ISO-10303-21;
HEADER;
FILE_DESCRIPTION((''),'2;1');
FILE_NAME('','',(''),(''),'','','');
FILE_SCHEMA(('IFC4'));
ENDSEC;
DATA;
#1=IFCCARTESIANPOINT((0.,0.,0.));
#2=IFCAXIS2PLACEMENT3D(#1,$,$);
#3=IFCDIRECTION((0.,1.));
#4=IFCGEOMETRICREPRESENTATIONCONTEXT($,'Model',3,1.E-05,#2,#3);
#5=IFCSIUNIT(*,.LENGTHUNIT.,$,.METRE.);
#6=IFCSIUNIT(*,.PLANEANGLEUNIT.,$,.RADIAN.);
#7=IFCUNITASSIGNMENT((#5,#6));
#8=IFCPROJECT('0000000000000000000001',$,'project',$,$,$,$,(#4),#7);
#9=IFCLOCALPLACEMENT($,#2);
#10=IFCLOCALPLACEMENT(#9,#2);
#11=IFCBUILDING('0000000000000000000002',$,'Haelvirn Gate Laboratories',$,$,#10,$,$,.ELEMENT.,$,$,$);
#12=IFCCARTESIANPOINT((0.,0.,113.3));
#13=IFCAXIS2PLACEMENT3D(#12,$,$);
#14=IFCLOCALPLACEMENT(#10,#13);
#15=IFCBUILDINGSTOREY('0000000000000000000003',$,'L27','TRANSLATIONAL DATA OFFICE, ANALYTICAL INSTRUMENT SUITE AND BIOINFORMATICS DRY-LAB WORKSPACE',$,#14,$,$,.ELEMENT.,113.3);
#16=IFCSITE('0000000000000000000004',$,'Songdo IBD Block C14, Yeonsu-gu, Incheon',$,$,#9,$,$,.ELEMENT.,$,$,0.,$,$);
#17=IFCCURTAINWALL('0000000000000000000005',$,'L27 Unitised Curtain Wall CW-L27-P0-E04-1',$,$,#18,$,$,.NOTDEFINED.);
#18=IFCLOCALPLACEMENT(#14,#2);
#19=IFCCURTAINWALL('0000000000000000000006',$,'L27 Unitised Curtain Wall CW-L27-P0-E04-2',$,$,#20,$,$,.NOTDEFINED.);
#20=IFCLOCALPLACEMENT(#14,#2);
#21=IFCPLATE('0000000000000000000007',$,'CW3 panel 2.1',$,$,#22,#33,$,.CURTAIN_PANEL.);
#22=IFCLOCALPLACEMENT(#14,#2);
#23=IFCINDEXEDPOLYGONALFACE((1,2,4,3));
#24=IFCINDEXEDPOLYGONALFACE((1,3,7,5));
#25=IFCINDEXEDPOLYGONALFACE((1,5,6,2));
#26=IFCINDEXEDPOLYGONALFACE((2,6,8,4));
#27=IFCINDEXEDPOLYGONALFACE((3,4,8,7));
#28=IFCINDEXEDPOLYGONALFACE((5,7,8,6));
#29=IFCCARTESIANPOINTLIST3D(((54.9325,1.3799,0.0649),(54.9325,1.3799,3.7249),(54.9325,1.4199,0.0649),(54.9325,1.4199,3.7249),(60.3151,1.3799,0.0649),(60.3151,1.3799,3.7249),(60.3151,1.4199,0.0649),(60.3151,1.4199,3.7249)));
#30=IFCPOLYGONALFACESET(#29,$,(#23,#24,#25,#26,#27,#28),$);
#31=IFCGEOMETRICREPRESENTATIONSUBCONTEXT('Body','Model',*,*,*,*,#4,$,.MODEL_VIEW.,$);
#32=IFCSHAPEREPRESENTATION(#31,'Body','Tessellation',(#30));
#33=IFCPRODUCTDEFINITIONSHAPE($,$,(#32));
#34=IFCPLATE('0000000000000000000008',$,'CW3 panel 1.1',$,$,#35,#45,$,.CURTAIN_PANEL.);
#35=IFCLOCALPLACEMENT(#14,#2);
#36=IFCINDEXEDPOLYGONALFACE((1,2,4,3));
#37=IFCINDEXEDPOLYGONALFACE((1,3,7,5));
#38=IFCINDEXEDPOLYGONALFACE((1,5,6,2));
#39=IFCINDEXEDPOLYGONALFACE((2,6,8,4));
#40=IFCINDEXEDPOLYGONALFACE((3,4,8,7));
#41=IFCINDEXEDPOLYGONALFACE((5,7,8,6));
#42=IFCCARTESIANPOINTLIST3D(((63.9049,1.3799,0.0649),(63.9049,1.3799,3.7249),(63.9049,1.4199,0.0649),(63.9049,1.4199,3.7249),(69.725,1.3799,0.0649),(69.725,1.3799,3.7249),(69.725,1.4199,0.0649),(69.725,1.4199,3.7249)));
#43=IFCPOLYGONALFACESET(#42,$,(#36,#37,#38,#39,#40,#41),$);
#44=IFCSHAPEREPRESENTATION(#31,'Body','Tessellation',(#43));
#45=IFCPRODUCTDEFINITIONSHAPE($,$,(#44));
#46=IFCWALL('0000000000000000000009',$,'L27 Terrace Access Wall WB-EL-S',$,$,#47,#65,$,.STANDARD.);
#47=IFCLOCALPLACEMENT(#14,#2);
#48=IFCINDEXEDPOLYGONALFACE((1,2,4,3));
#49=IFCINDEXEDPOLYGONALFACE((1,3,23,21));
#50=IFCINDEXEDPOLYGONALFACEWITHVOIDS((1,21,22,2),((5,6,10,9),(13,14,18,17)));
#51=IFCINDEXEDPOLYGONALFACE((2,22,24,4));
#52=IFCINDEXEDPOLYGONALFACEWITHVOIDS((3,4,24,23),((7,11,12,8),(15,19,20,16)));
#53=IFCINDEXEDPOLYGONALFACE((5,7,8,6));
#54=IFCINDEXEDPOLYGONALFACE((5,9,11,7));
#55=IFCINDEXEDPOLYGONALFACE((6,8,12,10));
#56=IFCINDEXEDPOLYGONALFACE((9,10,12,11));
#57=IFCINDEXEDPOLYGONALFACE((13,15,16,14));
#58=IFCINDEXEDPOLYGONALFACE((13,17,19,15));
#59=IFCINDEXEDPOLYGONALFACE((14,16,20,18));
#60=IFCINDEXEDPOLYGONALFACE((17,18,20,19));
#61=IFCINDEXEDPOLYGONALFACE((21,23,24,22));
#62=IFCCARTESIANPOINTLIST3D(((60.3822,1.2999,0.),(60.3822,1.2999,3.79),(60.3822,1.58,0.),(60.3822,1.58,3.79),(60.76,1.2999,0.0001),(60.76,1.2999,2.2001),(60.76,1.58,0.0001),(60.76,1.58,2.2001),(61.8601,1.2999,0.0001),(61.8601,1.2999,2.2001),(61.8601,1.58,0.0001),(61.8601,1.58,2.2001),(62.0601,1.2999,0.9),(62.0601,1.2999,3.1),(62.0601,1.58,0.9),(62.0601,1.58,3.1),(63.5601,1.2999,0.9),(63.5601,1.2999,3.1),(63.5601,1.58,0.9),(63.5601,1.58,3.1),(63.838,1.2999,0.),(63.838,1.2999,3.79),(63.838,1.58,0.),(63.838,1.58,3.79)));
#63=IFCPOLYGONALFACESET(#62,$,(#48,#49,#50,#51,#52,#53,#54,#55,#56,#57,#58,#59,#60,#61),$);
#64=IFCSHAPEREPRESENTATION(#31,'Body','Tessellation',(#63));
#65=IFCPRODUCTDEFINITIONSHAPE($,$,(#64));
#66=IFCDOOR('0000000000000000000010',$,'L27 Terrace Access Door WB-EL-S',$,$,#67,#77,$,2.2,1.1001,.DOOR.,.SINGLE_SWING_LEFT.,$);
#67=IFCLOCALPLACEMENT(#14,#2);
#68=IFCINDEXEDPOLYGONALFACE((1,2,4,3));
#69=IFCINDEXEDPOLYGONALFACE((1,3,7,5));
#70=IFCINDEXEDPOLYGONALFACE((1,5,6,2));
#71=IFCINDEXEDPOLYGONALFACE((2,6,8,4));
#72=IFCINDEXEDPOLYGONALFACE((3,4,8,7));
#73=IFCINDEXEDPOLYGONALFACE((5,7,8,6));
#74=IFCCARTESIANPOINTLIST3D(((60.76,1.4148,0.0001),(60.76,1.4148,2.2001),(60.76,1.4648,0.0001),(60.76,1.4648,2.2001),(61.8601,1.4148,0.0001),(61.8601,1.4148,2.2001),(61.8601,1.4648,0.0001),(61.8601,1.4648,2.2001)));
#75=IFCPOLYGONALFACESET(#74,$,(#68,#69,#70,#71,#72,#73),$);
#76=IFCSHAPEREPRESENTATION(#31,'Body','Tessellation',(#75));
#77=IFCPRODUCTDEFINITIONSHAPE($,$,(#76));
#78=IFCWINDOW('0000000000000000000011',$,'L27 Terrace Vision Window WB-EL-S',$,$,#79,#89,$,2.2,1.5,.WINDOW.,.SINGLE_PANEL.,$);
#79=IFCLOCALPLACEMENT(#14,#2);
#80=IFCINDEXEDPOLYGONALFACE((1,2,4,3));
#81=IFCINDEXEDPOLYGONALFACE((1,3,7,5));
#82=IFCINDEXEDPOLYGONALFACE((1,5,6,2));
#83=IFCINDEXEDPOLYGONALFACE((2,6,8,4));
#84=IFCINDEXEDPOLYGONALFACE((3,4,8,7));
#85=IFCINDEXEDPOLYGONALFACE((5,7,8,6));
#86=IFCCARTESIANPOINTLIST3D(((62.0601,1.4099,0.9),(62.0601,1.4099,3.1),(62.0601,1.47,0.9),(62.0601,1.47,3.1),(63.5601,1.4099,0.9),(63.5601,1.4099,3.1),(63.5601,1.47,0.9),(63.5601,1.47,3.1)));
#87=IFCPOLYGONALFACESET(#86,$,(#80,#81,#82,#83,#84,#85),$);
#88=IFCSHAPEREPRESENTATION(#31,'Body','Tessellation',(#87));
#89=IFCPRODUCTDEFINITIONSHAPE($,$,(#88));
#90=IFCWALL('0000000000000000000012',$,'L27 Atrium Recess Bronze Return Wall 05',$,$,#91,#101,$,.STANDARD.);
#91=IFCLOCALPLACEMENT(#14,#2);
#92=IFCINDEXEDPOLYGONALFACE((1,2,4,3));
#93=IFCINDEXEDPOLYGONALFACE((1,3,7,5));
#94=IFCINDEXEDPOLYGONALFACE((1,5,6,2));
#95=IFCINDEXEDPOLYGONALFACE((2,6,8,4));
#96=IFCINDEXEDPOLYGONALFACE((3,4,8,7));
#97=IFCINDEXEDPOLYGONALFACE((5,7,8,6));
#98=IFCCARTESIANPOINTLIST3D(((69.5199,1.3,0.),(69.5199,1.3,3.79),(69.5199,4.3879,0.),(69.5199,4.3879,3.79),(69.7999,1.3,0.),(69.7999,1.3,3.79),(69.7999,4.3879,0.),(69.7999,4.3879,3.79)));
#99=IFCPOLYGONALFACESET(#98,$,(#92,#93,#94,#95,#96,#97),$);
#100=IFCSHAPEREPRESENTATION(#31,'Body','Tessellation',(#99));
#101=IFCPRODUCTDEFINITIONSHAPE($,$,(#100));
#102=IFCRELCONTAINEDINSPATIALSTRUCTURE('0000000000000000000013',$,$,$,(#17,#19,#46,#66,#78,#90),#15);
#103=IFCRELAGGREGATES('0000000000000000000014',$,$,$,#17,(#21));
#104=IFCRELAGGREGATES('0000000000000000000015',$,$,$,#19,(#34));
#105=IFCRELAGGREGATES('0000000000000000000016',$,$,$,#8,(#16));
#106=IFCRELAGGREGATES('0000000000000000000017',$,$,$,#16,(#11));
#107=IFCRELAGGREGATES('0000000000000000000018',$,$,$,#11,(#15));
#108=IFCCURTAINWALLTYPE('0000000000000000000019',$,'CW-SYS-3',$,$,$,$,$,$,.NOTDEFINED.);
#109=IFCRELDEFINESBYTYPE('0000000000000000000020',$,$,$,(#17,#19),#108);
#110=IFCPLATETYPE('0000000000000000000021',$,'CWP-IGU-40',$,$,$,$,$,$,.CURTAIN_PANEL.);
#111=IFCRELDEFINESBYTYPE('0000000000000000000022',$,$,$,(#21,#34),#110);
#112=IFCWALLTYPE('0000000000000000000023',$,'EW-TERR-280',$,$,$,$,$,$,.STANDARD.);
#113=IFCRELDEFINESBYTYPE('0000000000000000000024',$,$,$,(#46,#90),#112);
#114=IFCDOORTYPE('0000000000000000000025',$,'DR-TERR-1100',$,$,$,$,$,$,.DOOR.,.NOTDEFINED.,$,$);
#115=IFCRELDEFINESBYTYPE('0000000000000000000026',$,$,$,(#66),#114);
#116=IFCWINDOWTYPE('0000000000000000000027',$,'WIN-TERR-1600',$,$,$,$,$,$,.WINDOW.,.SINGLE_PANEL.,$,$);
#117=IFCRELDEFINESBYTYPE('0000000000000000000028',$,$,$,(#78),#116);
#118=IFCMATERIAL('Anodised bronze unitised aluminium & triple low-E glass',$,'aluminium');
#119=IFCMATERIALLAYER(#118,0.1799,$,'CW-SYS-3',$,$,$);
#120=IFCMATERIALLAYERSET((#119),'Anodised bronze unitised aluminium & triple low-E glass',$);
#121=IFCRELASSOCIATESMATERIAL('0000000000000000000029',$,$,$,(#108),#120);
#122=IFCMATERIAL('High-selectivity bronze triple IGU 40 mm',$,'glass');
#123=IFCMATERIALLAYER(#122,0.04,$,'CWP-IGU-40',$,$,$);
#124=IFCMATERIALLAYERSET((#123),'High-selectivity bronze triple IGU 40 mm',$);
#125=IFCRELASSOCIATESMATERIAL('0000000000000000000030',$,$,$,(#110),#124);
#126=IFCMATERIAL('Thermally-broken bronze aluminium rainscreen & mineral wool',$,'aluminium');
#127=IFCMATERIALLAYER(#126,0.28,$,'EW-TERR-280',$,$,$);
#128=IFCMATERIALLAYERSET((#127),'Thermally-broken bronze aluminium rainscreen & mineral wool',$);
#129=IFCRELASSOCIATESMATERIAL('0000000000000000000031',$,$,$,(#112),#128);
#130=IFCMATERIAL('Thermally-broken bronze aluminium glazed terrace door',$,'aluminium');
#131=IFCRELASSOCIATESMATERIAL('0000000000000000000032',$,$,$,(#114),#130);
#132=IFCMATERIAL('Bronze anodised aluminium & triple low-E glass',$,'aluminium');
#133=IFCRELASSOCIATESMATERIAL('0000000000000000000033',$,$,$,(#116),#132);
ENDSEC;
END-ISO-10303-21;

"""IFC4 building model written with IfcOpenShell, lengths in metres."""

from ifc_helpers import new_model, si_unit, direction, frame, frame_2d, origin, origin_2d, place, context, subcontext, project, spatial, rectangle, extrude, source, transform, mapped, material, layer, layer_set, type_object, type_shapes, element, fill, aggregate, save


model = new_model("IFC4")

# Units and contexts
model_context = context("Model", 3, precision=1e-05, world=origin(), true_north=direction((0.0, 1.0)))
body_context = subcontext(model_context, "Body", "Model", "MODEL_VIEW")
ifc_project = project(units=[si_unit("LENGTHUNIT", "METRE"), si_unit("PLANEANGLEUNIT", "RADIAN")], contexts=[model_context])

# Site, building, storey
site_placement = place(None, origin())
site = spatial("IfcSite", under=ifc_project, at=site_placement, Name="Songdo IBD Block C14, Yeonsu-gu, Incheon", CompositionType="ELEMENT", RefElevation=0.0)
building_placement = place(site_placement, origin())
building = spatial("IfcBuilding", under=site, at=building_placement, Name="Haelvirn Gate Laboratories", CompositionType="ELEMENT")
storey_placement = place(building_placement, frame((0.0, 0.0, 113.3)))
storey = spatial("IfcBuildingStorey", under=building, at=storey_placement, Name="L27", Description="TRANSLATIONAL DATA OFFICE, ANALYTICAL INSTRUMENT SUITE AND BIOINFORMATICS DRY-LAB WORKSPACE", CompositionType="ELEMENT", Elevation=113.3)

# Shared definitions
ifc_material_1 = material(Name="Anodised bronze unitised aluminium & triple low-E glass", Category="aluminium")
ifc_layer_1 = layer(ifc_material_1, 0.1799, Name="CW-SYS-3")
ifc_layer_set_1 = layer_set([ifc_layer_1], Name="Anodised bronze unitised aluminium & triple low-E glass")
curtain_wall_type_1 = type_object("IfcCurtainWallType", Name="CW-SYS-3", PredefinedType="NOTDEFINED", material=ifc_layer_set_1)

# Curtain wall
curtain_wall_1_placement = place(storey_placement, origin())
curtain_wall_1 = element("IfcCurtainWall", 1, at=curtain_wall_1_placement, inside=storey, type_object=curtain_wall_type_1, Name="L27 Unitised Curtain Wall CW-L27-P0-E04-1", PredefinedType="NOTDEFINED")

# Curtain wall
curtain_wall_2_placement = place(storey_placement, origin())
curtain_wall_2 = element("IfcCurtainWall", 2, at=curtain_wall_2_placement, inside=storey, type_object=curtain_wall_type_1, Name="L27 Unitised Curtain Wall CW-L27-P0-E04-2", PredefinedType="NOTDEFINED")

# Plates
ifc_material_2 = material(Name="High-selectivity bronze triple IGU 40 mm", Category="glass")
ifc_layer_2 = layer(ifc_material_2, 0.04, Name="CWP-IGU-40")
ifc_layer_set_2 = layer_set([ifc_layer_2], Name="High-selectivity bronze triple IGU 40 mm")
plate_type_1 = type_object("IfcPlateType", Name="CWP-IGU-40", PredefinedType="CURTAIN_PANEL", material=ifc_layer_set_2)
shared_shape_1 = source(origin(), body_context, "Body", "SweptSolid", [
    extrude(rectangle(XDim=5.3826, YDim=0.04, at=origin_2d()), origin(), (0.0, 0.0, 1.0), 3.6599),
])
plate_1_placement = place(storey_placement, frame((57.6238, 1.3999, 0.0649), z_axis=(0.0, 0.0, 1.0), x_axis=(1.0, 0.0, 0.0)))
plate_1 = element("IfcPlate", 3, at=plate_1_placement, type_object=plate_type_1, Name="CW3 panel 2.1", PredefinedType="CURTAIN_PANEL", context=body_context, shape_type="MappedRepresentation", body=[
    mapped(shared_shape_1, transform((0.0, 0.0, 0.0), scale=1.0)),
])
aggregate(curtain_wall_1, [plate_1])
shared_shape_2 = source(origin(), body_context, "Body", "SweptSolid", [
    extrude(rectangle(XDim=5.8201, YDim=0.04, at=origin_2d()), origin(), (0.0, 0.0, 1.0), 3.6599),
])
type_shapes(plate_type_1, [shared_shape_1, shared_shape_2])
plate_2_placement = place(storey_placement, frame((66.8149, 1.3999, 0.0649), z_axis=(0.0, 0.0, 1.0), x_axis=(1.0, 0.0, 0.0)))
plate_2 = element("IfcPlate", 4, at=plate_2_placement, type_object=plate_type_1, Name="CW3 panel 1.1", PredefinedType="CURTAIN_PANEL", context=body_context, shape_type="MappedRepresentation", body=[
    mapped(shared_shape_2, transform((0.0, 0.0, 0.0), scale=1.0)),
])
aggregate(curtain_wall_2, [plate_2])

# Wall, openings, door, window
ifc_material_3 = material(Name="Thermally-broken bronze aluminium rainscreen & mineral wool", Category="aluminium")
ifc_layer_3 = layer(ifc_material_3, 0.28, Name="EW-TERR-280")
ifc_layer_set_3 = layer_set([ifc_layer_3], Name="Thermally-broken bronze aluminium rainscreen & mineral wool")
wall_type = type_object("IfcWallType", Name="EW-TERR-280", PredefinedType="STANDARD", material=ifc_layer_set_3)
wall_1_placement = place(storey_placement, frame((60.3821, 1.4399, 0.0), z_axis=(0.0, 0.0, 1.0), x_axis=(1.0, 0.0, 0.0)))
wall_1 = element("IfcWall", 5, at=wall_1_placement, inside=storey, type_object=wall_type, Name="L27 Terrace Access Wall WB-EL-S", PredefinedType="STANDARD", context=body_context, shape_type="SweptSolid", body=[
    extrude(rectangle(XDim=3.4558, YDim=0.28, at=frame_2d((1.728, 0.0))), origin(), (0.0, 0.0, 1.0), 3.79),
])
opening_1_placement = place(wall_1_placement, frame((0.3779, 0.0, 0.0)))
opening_1 = element("IfcOpeningElement", 6, at=opening_1_placement, cuts=wall_1, PredefinedType="OPENING", context=body_context, shape_type="SweptSolid", body=[
    extrude(rectangle(XDim=1.1001, YDim=2.2, at=frame_2d((0.55, 1.1001))), frame((0.0, 0.1499, 0.0), z_axis=(0.0, -1.0, 0.0), x_axis=(1.0, 0.0, 0.0)), (0.0, 0.0, 1.0), 0.3),
])
opening_2_placement = place(wall_1_placement, frame((1.678, 0.0, 0.8999)))
opening_2 = element("IfcOpeningElement", 7, at=opening_2_placement, cuts=wall_1, PredefinedType="OPENING", context=body_context, shape_type="SweptSolid", body=[
    extrude(rectangle(XDim=1.5, YDim=2.2, at=frame_2d((0.75, 1.1001))), frame((0.0, 0.1499, 0.0), z_axis=(0.0, -1.0, 0.0), x_axis=(1.0, 0.0, 0.0)), (0.0, 0.0, 1.0), 0.3),
])
ifc_material_4 = material(Name="Thermally-broken bronze aluminium glazed terrace door", Category="aluminium")
door_type = type_object("IfcDoorType", Name="DR-TERR-1100", OperationType="NOTDEFINED", PredefinedType="DOOR", material=ifc_material_4)
shared_shape_3 = source(origin(), body_context, "Body", "SweptSolid", [
    extrude(rectangle(XDim=1.1001, YDim=2.2, at=frame_2d((0.55, 1.1001))), frame((0.0, 0.0249, 0.0), z_axis=(0.0, -1.0, 0.0), x_axis=(1.0, 0.0, 0.0)), (0.0, 0.0, 1.0), 0.05),
])
type_shapes(door_type, [shared_shape_3])
door_placement = place(opening_1_placement, origin())
door = element("IfcDoor", 8, at=door_placement, inside=storey, type_object=door_type, Name="L27 Terrace Access Door WB-EL-S", OperationType="SINGLE_SWING_LEFT", OverallHeight=2.2, OverallWidth=1.1001, PredefinedType="DOOR", context=body_context, shape_type="MappedRepresentation", body=[
    mapped(shared_shape_3, transform((0.0, 0.0, 0.0), scale=1.0)),
])
fill(opening_1, door)
ifc_material_5 = material(Name="Bronze anodised aluminium & triple low-E glass", Category="aluminium")
window_type = type_object("IfcWindowType", Name="WIN-TERR-1600", PartitioningType="SINGLE_PANEL", PredefinedType="WINDOW", material=ifc_material_5)
shared_shape_4 = source(origin(), body_context, "Body", "SweptSolid", [
    extrude(rectangle(XDim=1.5, YDim=2.2, at=frame_2d((0.75, 1.1001))), frame((0.0, 0.03, 0.0), z_axis=(0.0, -1.0, 0.0), x_axis=(1.0, 0.0, 0.0)), (0.0, 0.0, 1.0), 0.0601),
])
type_shapes(window_type, [shared_shape_4])
window_placement = place(opening_2_placement, origin())
window = element("IfcWindow", 9, at=window_placement, inside=storey, type_object=window_type, Name="L27 Terrace Vision Window WB-EL-S", OverallHeight=2.2, OverallWidth=1.5, PartitioningType="SINGLE_PANEL", PredefinedType="WINDOW", context=body_context, shape_type="MappedRepresentation", body=[
    mapped(shared_shape_4, transform((0.0, 0.0, 0.0), scale=1.0)),
])
fill(opening_2, window)

# Wall
wall_2_placement = place(storey_placement, frame((69.6599, 1.3, 0.0), z_axis=(0.0, 0.0, 1.0), x_axis=(0.0, 1.0, 0.0)))
element("IfcWall", 10, at=wall_2_placement, inside=storey, type_object=wall_type, Name="L27 Atrium Recess Bronze Return Wall 05", PredefinedType="STANDARD", context=body_context, shape_type="SweptSolid", body=[
    extrude(rectangle(XDim=3.0879, YDim=0.28, at=frame_2d((1.5439, 0.0))), origin(), (0.0, 0.0, 1.0), 3.79),
])

save(model, "model.ifc")
